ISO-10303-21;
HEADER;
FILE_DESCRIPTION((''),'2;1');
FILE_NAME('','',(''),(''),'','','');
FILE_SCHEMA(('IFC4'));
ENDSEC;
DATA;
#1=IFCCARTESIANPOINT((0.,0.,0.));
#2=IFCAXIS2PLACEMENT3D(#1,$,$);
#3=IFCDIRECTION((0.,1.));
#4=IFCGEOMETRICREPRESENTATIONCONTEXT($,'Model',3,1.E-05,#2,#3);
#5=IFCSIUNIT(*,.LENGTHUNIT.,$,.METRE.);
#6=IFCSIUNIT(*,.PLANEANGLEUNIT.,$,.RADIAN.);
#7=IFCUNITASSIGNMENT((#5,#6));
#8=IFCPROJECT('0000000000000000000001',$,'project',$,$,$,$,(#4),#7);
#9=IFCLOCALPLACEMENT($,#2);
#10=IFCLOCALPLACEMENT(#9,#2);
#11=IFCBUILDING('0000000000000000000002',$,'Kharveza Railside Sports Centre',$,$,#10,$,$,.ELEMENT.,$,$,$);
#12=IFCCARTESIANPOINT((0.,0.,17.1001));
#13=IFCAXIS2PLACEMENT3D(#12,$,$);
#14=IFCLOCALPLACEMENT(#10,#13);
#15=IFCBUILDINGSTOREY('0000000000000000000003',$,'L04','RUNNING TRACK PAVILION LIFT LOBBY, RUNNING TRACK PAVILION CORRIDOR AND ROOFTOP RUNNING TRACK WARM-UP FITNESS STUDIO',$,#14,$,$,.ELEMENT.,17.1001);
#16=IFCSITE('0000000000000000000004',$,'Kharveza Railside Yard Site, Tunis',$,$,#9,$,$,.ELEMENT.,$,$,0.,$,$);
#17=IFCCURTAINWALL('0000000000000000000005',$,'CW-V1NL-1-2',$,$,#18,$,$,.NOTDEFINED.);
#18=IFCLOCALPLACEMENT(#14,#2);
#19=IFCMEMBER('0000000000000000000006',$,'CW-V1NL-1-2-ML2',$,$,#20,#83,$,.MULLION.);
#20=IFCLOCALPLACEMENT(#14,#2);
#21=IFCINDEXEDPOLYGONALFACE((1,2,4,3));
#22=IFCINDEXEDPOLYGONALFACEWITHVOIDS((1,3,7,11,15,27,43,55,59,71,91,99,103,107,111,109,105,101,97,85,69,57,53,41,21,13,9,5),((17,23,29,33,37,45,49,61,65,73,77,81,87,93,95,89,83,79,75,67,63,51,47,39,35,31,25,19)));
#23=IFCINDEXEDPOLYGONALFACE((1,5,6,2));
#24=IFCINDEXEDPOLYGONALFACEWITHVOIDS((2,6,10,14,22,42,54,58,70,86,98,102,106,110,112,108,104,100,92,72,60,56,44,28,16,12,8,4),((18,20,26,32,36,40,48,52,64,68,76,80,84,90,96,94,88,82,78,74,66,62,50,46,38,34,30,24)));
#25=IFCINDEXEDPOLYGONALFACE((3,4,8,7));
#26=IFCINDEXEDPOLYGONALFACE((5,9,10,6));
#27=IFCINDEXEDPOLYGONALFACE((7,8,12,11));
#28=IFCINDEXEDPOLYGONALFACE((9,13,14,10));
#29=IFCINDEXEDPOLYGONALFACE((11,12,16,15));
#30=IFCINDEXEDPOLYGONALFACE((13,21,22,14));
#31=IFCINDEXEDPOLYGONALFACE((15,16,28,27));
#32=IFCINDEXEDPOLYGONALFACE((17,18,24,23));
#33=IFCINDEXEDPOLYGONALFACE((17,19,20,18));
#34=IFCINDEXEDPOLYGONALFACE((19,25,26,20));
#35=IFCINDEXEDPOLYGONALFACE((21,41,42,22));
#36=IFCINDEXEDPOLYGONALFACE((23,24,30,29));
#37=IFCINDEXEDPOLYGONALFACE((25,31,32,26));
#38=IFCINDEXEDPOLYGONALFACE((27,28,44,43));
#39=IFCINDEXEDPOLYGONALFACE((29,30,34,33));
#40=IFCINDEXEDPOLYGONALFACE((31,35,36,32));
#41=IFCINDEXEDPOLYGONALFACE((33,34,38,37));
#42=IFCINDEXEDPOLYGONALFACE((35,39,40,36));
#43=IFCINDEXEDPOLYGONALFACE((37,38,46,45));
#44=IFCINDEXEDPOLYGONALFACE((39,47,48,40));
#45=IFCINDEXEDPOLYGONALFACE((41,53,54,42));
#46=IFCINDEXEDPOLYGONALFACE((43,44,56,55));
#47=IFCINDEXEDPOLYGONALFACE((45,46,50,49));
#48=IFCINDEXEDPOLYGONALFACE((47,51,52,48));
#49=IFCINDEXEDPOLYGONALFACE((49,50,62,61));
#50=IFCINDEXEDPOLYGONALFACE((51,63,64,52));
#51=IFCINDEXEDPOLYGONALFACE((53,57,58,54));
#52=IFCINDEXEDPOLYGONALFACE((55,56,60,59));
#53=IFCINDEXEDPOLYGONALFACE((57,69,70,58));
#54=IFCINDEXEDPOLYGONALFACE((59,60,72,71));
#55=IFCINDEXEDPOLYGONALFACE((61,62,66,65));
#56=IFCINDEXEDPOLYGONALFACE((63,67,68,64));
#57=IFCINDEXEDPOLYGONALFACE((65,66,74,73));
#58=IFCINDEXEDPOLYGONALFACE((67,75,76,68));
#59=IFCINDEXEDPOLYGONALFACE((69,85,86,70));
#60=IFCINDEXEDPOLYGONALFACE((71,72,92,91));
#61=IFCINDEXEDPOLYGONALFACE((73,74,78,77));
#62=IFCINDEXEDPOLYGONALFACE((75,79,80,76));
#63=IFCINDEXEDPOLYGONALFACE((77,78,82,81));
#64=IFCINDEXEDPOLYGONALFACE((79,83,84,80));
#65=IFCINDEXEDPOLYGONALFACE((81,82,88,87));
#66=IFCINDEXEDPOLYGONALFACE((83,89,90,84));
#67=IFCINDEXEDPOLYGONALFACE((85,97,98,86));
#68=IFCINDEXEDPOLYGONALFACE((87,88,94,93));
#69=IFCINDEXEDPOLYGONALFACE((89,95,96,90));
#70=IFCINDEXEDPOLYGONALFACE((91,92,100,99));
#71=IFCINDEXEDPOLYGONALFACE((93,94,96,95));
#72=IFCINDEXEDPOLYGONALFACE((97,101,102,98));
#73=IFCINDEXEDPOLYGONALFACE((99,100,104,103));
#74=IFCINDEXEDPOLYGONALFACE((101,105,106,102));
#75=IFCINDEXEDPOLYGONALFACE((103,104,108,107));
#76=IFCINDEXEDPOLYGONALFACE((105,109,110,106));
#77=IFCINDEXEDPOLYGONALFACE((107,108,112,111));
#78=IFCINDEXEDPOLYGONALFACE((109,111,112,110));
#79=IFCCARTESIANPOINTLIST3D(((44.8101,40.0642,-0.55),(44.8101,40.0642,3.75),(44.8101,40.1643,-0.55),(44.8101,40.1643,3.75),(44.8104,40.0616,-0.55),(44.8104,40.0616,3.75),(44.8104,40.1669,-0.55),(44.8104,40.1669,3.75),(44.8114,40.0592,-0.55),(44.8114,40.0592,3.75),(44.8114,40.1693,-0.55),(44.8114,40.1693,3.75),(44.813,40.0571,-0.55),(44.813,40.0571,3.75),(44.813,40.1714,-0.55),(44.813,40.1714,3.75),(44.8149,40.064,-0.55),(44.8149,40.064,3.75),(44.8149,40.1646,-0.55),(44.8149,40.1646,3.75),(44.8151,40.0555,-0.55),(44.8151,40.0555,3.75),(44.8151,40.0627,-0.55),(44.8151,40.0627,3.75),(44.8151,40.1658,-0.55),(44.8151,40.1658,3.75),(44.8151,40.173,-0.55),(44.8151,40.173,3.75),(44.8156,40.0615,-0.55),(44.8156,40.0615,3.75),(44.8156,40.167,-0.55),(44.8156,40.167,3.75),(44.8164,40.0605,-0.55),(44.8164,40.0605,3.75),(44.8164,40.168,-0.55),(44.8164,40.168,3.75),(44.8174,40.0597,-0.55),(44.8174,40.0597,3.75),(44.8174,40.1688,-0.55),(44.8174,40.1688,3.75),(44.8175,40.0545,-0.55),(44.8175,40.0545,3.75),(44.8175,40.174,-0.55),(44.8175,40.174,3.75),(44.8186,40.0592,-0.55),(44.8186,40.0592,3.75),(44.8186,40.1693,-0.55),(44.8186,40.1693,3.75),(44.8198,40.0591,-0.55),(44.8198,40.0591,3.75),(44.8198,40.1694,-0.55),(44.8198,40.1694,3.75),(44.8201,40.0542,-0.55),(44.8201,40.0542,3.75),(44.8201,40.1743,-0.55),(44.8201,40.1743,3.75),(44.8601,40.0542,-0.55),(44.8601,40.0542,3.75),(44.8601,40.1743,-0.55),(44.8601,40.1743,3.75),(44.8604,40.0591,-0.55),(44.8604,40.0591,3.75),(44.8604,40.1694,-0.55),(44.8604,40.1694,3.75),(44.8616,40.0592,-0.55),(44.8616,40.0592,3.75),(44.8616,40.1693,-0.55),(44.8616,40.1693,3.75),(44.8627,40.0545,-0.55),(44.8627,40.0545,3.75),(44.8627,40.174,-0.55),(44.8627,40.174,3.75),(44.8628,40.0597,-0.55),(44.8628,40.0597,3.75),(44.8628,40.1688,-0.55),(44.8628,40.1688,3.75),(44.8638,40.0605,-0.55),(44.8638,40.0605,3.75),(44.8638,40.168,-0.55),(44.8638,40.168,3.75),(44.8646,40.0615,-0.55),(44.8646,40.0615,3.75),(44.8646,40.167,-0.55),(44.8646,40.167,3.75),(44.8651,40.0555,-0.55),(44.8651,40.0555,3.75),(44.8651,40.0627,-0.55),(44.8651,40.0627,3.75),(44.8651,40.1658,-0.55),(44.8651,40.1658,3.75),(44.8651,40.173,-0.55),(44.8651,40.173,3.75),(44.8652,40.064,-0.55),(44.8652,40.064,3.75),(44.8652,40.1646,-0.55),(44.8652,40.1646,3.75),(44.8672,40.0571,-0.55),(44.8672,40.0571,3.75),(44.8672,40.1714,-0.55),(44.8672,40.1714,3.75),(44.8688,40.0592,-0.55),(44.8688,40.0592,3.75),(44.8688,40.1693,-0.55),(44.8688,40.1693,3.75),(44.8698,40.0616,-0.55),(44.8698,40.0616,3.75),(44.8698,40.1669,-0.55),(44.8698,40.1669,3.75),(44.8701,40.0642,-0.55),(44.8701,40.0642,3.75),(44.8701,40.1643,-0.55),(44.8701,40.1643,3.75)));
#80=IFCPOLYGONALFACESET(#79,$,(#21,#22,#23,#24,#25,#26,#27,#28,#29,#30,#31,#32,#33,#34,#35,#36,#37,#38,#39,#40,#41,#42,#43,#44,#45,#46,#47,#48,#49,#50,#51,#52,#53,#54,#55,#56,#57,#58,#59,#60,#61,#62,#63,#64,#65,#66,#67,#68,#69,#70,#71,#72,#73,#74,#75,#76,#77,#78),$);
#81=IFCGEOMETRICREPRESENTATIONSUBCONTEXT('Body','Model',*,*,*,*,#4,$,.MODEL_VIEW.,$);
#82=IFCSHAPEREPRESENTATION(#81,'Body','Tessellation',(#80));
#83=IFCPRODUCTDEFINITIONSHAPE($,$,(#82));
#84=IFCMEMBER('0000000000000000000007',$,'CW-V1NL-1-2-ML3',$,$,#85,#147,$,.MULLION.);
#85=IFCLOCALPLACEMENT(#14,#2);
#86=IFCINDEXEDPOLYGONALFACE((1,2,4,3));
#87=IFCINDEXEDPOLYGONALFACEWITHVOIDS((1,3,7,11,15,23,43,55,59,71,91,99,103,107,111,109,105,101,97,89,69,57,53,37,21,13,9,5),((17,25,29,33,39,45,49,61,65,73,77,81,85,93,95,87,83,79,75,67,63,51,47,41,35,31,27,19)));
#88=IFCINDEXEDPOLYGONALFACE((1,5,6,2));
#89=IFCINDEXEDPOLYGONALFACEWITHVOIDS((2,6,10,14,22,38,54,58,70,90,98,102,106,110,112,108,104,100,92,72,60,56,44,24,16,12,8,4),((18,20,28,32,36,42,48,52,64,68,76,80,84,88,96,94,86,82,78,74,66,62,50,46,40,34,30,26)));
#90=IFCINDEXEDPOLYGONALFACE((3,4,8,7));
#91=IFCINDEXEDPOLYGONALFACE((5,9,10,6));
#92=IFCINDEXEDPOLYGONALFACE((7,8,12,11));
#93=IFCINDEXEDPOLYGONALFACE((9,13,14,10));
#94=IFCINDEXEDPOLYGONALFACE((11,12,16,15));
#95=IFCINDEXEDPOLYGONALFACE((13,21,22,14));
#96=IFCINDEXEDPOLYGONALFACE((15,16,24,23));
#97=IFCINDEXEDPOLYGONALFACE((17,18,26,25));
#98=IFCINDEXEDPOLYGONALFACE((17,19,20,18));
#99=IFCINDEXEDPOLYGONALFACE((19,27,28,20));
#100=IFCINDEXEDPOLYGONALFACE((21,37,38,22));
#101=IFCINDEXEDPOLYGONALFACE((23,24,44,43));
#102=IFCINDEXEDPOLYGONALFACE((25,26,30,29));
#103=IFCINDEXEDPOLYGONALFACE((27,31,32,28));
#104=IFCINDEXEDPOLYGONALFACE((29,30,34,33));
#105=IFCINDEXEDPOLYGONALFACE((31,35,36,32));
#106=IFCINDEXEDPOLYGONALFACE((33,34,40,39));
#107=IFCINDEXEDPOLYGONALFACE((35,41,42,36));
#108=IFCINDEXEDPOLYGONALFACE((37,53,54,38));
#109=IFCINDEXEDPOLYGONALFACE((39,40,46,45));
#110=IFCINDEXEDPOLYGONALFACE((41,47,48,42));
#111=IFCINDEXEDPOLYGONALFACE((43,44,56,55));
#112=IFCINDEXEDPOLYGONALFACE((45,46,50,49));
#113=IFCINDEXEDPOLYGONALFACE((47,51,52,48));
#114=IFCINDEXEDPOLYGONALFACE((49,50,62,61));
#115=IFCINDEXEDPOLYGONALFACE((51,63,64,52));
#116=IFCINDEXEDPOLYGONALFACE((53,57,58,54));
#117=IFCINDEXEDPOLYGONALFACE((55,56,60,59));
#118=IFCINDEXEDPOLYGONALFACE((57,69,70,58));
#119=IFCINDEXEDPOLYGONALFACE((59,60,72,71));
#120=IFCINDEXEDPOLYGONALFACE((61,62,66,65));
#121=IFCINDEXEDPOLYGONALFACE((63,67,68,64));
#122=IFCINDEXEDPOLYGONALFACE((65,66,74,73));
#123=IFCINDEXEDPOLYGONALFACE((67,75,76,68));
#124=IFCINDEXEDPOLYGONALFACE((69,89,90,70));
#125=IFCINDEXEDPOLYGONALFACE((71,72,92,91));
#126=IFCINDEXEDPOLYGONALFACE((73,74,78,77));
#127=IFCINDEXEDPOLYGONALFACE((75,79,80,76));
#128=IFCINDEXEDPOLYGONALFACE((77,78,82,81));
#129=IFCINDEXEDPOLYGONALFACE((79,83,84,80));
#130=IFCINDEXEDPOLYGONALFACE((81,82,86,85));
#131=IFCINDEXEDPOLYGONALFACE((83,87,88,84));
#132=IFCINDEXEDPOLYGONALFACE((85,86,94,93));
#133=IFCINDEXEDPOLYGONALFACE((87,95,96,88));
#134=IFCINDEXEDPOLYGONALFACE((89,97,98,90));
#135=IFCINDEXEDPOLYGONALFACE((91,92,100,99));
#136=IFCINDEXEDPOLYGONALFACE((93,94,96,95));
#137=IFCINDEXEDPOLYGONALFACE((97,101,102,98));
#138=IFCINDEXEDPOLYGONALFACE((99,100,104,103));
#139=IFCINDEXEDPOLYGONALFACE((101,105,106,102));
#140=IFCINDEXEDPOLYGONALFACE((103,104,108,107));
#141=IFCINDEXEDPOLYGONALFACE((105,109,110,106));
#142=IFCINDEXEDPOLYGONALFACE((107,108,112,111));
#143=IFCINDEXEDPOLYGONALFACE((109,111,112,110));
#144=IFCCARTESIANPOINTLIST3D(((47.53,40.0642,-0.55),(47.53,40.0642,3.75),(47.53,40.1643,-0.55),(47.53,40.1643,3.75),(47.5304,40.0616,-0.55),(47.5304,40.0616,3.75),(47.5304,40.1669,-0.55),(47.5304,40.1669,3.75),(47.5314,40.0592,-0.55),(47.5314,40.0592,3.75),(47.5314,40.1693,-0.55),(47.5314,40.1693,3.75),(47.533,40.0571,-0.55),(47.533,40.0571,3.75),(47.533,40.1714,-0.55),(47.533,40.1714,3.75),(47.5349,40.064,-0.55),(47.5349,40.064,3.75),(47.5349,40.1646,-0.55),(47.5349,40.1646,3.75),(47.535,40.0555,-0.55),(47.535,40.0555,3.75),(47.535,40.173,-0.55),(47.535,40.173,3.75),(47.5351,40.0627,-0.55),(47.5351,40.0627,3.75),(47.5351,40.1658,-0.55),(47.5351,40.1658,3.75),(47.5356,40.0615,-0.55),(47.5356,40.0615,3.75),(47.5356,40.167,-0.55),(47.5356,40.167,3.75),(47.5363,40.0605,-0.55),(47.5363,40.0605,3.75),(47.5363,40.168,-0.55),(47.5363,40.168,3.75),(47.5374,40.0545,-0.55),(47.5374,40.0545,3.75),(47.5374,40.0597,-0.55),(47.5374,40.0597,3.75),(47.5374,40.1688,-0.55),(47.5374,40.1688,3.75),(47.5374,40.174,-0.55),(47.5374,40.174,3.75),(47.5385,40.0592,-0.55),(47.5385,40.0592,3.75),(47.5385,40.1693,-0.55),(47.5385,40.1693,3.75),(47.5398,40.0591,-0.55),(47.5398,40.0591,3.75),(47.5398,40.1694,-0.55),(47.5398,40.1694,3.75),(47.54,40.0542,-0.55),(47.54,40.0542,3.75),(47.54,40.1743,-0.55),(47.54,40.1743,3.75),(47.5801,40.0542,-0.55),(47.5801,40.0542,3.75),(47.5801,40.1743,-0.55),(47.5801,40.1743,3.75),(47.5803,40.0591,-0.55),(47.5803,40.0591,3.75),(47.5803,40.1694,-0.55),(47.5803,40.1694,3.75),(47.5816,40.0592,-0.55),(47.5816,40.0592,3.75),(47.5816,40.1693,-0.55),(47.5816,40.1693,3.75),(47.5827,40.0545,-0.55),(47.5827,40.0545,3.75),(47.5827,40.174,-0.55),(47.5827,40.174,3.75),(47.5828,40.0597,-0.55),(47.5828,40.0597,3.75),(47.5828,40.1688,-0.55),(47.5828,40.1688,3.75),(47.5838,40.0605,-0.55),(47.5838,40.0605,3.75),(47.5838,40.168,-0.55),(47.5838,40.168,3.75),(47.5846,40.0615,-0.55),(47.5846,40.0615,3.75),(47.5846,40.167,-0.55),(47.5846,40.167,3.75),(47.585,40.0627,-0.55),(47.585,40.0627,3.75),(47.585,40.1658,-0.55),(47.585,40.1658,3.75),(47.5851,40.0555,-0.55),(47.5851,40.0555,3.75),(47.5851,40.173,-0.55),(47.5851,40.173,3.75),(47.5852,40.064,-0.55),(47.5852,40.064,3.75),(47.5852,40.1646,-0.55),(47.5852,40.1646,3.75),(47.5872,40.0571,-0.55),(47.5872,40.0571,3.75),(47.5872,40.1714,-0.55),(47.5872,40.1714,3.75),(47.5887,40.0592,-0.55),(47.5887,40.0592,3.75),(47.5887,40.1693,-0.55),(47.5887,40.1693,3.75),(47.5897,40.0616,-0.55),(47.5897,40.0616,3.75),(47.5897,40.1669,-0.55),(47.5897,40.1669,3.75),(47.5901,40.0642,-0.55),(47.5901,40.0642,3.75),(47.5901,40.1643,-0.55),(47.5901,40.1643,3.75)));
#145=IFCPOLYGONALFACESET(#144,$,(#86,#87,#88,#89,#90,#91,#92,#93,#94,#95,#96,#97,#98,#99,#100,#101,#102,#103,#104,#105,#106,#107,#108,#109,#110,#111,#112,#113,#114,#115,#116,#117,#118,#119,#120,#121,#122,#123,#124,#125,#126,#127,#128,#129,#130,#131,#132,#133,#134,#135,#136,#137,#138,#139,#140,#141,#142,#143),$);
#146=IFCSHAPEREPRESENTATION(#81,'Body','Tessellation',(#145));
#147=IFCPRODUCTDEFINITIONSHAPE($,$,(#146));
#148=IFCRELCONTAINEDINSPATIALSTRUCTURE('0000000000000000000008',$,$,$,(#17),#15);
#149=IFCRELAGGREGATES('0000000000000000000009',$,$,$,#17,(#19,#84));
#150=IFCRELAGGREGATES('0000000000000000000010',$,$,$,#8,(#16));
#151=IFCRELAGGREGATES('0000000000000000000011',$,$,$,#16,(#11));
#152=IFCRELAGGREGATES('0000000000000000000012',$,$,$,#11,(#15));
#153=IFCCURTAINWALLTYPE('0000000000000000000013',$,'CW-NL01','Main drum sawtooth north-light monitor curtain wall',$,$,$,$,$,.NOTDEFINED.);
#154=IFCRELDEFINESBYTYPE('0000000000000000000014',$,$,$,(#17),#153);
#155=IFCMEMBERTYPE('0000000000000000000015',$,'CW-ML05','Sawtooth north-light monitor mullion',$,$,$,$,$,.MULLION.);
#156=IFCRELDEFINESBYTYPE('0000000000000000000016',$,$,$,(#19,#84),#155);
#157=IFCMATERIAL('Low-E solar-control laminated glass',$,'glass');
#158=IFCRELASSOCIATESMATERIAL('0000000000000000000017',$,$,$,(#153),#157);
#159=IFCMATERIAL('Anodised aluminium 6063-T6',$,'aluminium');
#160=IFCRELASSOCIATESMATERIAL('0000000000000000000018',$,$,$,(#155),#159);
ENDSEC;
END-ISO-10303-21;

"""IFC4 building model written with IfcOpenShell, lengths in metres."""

from ifc_helpers import new_model, si_unit, direction, frame, origin, origin_2d, place, context, subcontext, project, spatial, hollow_rectangle, extrude, material, material_profile, profile_set, type_object, element, aggregate, save


model = new_model("IFC4")

# Units and contexts
model_context = context("Model", 3, precision=1e-05, world=origin(), true_north=direction((0.0, 1.0)))
body_context = subcontext(model_context, "Body", "Model", "MODEL_VIEW")
ifc_project = project(units=[si_unit("LENGTHUNIT", "METRE"), si_unit("PLANEANGLEUNIT", "RADIAN")], contexts=[model_context])

# Site, building, storey
site_placement = place(None, origin())
site = spatial("IfcSite", under=ifc_project, at=site_placement, Name="Kharveza Railside Yard Site, Tunis", CompositionType="ELEMENT", RefElevation=0.0)
building_placement = place(site_placement, origin())
building = spatial("IfcBuilding", under=site, at=building_placement, Name="Kharveza Railside Sports Centre", CompositionType="ELEMENT")
storey_placement = place(building_placement, frame((0.0, 0.0, 17.1001)))
storey = spatial("IfcBuildingStorey", under=building, at=storey_placement, Name="L04", Description="RUNNING TRACK PAVILION LIFT LOBBY, RUNNING TRACK PAVILION CORRIDOR AND ROOFTOP RUNNING TRACK WARM-UP FITNESS STUDIO", CompositionType="ELEMENT", Elevation=17.1001)

# Curtain wall, members
ifc_material_1 = material(Name="Low-E solar-control laminated glass", Category="glass")
curtain_wall_type = type_object("IfcCurtainWallType", Name="CW-NL01", Description="Main drum sawtooth north-light monitor curtain wall", PredefinedType="NOTDEFINED", material=ifc_material_1)
curtain_wall_1_placement = place(storey_placement, origin())
curtain_wall_1 = element("IfcCurtainWall", 1, at=curtain_wall_1_placement, inside=storey, type_object=curtain_wall_type, Name="CW-V1NL-1-2", PredefinedType="NOTDEFINED")
ifc_material_2 = material(Name="Anodised aluminium 6063-T6", Category="aluminium")
ifc_material_profile_1 = material_profile(ifc_material_2, hollow_rectangle(XDim=0.0601, YDim=0.1201, WallThickness=0.0049, InnerFilletRadius=0.0049, OuterFilletRadius=0.01, at=origin_2d()), Name="RHS 60x120x5.0")
ifc_profile_set_1 = profile_set([ifc_material_profile_1], Name="Anodised aluminium 6063-T6")
member_type_1 = type_object("IfcMemberType", Name="CW-ML05", Description="Sawtooth north-light monitor mullion", PredefinedType="MULLION", material=ifc_profile_set_1)
member_1_placement = place(storey_placement, frame((44.8401, 40.1143, -0.55), z_axis=(0.0, 0.0, 1.0), x_axis=(1.0, 0.0, 0.0)))
member_1 = element("IfcMember", 2, at=member_1_placement, type_object=member_type_1, Name="CW-V1NL-1-2-ML2", PredefinedType="MULLION", context=body_context, shape_type="SweptSolid", body=[
    extrude(hollow_rectangle(XDim=0.0601, YDim=0.1201, WallThickness=0.0049, InnerFilletRadius=0.0049, OuterFilletRadius=0.01, at=origin_2d()), origin(), (0.0, 0.0, 1.0), 4.3),
])
member_2_placement = place(storey_placement, frame((47.5601, 40.1143, -0.55), z_axis=(0.0, 0.0, 1.0), x_axis=(1.0, 0.0, 0.0)))
member_2 = element("IfcMember", 3, at=member_2_placement, type_object=member_type_1, Name="CW-V1NL-1-2-ML3", PredefinedType="MULLION", context=body_context, shape_type="SweptSolid", body=[
    extrude(hollow_rectangle(XDim=0.0601, YDim=0.1201, WallThickness=0.0049, InnerFilletRadius=0.0049, OuterFilletRadius=0.01, at=origin_2d()), origin(), (0.0, 0.0, 1.0), 4.3),
])

aggregate(curtain_wall_1, [member_1, member_2])

save(model, "model.ifc")
